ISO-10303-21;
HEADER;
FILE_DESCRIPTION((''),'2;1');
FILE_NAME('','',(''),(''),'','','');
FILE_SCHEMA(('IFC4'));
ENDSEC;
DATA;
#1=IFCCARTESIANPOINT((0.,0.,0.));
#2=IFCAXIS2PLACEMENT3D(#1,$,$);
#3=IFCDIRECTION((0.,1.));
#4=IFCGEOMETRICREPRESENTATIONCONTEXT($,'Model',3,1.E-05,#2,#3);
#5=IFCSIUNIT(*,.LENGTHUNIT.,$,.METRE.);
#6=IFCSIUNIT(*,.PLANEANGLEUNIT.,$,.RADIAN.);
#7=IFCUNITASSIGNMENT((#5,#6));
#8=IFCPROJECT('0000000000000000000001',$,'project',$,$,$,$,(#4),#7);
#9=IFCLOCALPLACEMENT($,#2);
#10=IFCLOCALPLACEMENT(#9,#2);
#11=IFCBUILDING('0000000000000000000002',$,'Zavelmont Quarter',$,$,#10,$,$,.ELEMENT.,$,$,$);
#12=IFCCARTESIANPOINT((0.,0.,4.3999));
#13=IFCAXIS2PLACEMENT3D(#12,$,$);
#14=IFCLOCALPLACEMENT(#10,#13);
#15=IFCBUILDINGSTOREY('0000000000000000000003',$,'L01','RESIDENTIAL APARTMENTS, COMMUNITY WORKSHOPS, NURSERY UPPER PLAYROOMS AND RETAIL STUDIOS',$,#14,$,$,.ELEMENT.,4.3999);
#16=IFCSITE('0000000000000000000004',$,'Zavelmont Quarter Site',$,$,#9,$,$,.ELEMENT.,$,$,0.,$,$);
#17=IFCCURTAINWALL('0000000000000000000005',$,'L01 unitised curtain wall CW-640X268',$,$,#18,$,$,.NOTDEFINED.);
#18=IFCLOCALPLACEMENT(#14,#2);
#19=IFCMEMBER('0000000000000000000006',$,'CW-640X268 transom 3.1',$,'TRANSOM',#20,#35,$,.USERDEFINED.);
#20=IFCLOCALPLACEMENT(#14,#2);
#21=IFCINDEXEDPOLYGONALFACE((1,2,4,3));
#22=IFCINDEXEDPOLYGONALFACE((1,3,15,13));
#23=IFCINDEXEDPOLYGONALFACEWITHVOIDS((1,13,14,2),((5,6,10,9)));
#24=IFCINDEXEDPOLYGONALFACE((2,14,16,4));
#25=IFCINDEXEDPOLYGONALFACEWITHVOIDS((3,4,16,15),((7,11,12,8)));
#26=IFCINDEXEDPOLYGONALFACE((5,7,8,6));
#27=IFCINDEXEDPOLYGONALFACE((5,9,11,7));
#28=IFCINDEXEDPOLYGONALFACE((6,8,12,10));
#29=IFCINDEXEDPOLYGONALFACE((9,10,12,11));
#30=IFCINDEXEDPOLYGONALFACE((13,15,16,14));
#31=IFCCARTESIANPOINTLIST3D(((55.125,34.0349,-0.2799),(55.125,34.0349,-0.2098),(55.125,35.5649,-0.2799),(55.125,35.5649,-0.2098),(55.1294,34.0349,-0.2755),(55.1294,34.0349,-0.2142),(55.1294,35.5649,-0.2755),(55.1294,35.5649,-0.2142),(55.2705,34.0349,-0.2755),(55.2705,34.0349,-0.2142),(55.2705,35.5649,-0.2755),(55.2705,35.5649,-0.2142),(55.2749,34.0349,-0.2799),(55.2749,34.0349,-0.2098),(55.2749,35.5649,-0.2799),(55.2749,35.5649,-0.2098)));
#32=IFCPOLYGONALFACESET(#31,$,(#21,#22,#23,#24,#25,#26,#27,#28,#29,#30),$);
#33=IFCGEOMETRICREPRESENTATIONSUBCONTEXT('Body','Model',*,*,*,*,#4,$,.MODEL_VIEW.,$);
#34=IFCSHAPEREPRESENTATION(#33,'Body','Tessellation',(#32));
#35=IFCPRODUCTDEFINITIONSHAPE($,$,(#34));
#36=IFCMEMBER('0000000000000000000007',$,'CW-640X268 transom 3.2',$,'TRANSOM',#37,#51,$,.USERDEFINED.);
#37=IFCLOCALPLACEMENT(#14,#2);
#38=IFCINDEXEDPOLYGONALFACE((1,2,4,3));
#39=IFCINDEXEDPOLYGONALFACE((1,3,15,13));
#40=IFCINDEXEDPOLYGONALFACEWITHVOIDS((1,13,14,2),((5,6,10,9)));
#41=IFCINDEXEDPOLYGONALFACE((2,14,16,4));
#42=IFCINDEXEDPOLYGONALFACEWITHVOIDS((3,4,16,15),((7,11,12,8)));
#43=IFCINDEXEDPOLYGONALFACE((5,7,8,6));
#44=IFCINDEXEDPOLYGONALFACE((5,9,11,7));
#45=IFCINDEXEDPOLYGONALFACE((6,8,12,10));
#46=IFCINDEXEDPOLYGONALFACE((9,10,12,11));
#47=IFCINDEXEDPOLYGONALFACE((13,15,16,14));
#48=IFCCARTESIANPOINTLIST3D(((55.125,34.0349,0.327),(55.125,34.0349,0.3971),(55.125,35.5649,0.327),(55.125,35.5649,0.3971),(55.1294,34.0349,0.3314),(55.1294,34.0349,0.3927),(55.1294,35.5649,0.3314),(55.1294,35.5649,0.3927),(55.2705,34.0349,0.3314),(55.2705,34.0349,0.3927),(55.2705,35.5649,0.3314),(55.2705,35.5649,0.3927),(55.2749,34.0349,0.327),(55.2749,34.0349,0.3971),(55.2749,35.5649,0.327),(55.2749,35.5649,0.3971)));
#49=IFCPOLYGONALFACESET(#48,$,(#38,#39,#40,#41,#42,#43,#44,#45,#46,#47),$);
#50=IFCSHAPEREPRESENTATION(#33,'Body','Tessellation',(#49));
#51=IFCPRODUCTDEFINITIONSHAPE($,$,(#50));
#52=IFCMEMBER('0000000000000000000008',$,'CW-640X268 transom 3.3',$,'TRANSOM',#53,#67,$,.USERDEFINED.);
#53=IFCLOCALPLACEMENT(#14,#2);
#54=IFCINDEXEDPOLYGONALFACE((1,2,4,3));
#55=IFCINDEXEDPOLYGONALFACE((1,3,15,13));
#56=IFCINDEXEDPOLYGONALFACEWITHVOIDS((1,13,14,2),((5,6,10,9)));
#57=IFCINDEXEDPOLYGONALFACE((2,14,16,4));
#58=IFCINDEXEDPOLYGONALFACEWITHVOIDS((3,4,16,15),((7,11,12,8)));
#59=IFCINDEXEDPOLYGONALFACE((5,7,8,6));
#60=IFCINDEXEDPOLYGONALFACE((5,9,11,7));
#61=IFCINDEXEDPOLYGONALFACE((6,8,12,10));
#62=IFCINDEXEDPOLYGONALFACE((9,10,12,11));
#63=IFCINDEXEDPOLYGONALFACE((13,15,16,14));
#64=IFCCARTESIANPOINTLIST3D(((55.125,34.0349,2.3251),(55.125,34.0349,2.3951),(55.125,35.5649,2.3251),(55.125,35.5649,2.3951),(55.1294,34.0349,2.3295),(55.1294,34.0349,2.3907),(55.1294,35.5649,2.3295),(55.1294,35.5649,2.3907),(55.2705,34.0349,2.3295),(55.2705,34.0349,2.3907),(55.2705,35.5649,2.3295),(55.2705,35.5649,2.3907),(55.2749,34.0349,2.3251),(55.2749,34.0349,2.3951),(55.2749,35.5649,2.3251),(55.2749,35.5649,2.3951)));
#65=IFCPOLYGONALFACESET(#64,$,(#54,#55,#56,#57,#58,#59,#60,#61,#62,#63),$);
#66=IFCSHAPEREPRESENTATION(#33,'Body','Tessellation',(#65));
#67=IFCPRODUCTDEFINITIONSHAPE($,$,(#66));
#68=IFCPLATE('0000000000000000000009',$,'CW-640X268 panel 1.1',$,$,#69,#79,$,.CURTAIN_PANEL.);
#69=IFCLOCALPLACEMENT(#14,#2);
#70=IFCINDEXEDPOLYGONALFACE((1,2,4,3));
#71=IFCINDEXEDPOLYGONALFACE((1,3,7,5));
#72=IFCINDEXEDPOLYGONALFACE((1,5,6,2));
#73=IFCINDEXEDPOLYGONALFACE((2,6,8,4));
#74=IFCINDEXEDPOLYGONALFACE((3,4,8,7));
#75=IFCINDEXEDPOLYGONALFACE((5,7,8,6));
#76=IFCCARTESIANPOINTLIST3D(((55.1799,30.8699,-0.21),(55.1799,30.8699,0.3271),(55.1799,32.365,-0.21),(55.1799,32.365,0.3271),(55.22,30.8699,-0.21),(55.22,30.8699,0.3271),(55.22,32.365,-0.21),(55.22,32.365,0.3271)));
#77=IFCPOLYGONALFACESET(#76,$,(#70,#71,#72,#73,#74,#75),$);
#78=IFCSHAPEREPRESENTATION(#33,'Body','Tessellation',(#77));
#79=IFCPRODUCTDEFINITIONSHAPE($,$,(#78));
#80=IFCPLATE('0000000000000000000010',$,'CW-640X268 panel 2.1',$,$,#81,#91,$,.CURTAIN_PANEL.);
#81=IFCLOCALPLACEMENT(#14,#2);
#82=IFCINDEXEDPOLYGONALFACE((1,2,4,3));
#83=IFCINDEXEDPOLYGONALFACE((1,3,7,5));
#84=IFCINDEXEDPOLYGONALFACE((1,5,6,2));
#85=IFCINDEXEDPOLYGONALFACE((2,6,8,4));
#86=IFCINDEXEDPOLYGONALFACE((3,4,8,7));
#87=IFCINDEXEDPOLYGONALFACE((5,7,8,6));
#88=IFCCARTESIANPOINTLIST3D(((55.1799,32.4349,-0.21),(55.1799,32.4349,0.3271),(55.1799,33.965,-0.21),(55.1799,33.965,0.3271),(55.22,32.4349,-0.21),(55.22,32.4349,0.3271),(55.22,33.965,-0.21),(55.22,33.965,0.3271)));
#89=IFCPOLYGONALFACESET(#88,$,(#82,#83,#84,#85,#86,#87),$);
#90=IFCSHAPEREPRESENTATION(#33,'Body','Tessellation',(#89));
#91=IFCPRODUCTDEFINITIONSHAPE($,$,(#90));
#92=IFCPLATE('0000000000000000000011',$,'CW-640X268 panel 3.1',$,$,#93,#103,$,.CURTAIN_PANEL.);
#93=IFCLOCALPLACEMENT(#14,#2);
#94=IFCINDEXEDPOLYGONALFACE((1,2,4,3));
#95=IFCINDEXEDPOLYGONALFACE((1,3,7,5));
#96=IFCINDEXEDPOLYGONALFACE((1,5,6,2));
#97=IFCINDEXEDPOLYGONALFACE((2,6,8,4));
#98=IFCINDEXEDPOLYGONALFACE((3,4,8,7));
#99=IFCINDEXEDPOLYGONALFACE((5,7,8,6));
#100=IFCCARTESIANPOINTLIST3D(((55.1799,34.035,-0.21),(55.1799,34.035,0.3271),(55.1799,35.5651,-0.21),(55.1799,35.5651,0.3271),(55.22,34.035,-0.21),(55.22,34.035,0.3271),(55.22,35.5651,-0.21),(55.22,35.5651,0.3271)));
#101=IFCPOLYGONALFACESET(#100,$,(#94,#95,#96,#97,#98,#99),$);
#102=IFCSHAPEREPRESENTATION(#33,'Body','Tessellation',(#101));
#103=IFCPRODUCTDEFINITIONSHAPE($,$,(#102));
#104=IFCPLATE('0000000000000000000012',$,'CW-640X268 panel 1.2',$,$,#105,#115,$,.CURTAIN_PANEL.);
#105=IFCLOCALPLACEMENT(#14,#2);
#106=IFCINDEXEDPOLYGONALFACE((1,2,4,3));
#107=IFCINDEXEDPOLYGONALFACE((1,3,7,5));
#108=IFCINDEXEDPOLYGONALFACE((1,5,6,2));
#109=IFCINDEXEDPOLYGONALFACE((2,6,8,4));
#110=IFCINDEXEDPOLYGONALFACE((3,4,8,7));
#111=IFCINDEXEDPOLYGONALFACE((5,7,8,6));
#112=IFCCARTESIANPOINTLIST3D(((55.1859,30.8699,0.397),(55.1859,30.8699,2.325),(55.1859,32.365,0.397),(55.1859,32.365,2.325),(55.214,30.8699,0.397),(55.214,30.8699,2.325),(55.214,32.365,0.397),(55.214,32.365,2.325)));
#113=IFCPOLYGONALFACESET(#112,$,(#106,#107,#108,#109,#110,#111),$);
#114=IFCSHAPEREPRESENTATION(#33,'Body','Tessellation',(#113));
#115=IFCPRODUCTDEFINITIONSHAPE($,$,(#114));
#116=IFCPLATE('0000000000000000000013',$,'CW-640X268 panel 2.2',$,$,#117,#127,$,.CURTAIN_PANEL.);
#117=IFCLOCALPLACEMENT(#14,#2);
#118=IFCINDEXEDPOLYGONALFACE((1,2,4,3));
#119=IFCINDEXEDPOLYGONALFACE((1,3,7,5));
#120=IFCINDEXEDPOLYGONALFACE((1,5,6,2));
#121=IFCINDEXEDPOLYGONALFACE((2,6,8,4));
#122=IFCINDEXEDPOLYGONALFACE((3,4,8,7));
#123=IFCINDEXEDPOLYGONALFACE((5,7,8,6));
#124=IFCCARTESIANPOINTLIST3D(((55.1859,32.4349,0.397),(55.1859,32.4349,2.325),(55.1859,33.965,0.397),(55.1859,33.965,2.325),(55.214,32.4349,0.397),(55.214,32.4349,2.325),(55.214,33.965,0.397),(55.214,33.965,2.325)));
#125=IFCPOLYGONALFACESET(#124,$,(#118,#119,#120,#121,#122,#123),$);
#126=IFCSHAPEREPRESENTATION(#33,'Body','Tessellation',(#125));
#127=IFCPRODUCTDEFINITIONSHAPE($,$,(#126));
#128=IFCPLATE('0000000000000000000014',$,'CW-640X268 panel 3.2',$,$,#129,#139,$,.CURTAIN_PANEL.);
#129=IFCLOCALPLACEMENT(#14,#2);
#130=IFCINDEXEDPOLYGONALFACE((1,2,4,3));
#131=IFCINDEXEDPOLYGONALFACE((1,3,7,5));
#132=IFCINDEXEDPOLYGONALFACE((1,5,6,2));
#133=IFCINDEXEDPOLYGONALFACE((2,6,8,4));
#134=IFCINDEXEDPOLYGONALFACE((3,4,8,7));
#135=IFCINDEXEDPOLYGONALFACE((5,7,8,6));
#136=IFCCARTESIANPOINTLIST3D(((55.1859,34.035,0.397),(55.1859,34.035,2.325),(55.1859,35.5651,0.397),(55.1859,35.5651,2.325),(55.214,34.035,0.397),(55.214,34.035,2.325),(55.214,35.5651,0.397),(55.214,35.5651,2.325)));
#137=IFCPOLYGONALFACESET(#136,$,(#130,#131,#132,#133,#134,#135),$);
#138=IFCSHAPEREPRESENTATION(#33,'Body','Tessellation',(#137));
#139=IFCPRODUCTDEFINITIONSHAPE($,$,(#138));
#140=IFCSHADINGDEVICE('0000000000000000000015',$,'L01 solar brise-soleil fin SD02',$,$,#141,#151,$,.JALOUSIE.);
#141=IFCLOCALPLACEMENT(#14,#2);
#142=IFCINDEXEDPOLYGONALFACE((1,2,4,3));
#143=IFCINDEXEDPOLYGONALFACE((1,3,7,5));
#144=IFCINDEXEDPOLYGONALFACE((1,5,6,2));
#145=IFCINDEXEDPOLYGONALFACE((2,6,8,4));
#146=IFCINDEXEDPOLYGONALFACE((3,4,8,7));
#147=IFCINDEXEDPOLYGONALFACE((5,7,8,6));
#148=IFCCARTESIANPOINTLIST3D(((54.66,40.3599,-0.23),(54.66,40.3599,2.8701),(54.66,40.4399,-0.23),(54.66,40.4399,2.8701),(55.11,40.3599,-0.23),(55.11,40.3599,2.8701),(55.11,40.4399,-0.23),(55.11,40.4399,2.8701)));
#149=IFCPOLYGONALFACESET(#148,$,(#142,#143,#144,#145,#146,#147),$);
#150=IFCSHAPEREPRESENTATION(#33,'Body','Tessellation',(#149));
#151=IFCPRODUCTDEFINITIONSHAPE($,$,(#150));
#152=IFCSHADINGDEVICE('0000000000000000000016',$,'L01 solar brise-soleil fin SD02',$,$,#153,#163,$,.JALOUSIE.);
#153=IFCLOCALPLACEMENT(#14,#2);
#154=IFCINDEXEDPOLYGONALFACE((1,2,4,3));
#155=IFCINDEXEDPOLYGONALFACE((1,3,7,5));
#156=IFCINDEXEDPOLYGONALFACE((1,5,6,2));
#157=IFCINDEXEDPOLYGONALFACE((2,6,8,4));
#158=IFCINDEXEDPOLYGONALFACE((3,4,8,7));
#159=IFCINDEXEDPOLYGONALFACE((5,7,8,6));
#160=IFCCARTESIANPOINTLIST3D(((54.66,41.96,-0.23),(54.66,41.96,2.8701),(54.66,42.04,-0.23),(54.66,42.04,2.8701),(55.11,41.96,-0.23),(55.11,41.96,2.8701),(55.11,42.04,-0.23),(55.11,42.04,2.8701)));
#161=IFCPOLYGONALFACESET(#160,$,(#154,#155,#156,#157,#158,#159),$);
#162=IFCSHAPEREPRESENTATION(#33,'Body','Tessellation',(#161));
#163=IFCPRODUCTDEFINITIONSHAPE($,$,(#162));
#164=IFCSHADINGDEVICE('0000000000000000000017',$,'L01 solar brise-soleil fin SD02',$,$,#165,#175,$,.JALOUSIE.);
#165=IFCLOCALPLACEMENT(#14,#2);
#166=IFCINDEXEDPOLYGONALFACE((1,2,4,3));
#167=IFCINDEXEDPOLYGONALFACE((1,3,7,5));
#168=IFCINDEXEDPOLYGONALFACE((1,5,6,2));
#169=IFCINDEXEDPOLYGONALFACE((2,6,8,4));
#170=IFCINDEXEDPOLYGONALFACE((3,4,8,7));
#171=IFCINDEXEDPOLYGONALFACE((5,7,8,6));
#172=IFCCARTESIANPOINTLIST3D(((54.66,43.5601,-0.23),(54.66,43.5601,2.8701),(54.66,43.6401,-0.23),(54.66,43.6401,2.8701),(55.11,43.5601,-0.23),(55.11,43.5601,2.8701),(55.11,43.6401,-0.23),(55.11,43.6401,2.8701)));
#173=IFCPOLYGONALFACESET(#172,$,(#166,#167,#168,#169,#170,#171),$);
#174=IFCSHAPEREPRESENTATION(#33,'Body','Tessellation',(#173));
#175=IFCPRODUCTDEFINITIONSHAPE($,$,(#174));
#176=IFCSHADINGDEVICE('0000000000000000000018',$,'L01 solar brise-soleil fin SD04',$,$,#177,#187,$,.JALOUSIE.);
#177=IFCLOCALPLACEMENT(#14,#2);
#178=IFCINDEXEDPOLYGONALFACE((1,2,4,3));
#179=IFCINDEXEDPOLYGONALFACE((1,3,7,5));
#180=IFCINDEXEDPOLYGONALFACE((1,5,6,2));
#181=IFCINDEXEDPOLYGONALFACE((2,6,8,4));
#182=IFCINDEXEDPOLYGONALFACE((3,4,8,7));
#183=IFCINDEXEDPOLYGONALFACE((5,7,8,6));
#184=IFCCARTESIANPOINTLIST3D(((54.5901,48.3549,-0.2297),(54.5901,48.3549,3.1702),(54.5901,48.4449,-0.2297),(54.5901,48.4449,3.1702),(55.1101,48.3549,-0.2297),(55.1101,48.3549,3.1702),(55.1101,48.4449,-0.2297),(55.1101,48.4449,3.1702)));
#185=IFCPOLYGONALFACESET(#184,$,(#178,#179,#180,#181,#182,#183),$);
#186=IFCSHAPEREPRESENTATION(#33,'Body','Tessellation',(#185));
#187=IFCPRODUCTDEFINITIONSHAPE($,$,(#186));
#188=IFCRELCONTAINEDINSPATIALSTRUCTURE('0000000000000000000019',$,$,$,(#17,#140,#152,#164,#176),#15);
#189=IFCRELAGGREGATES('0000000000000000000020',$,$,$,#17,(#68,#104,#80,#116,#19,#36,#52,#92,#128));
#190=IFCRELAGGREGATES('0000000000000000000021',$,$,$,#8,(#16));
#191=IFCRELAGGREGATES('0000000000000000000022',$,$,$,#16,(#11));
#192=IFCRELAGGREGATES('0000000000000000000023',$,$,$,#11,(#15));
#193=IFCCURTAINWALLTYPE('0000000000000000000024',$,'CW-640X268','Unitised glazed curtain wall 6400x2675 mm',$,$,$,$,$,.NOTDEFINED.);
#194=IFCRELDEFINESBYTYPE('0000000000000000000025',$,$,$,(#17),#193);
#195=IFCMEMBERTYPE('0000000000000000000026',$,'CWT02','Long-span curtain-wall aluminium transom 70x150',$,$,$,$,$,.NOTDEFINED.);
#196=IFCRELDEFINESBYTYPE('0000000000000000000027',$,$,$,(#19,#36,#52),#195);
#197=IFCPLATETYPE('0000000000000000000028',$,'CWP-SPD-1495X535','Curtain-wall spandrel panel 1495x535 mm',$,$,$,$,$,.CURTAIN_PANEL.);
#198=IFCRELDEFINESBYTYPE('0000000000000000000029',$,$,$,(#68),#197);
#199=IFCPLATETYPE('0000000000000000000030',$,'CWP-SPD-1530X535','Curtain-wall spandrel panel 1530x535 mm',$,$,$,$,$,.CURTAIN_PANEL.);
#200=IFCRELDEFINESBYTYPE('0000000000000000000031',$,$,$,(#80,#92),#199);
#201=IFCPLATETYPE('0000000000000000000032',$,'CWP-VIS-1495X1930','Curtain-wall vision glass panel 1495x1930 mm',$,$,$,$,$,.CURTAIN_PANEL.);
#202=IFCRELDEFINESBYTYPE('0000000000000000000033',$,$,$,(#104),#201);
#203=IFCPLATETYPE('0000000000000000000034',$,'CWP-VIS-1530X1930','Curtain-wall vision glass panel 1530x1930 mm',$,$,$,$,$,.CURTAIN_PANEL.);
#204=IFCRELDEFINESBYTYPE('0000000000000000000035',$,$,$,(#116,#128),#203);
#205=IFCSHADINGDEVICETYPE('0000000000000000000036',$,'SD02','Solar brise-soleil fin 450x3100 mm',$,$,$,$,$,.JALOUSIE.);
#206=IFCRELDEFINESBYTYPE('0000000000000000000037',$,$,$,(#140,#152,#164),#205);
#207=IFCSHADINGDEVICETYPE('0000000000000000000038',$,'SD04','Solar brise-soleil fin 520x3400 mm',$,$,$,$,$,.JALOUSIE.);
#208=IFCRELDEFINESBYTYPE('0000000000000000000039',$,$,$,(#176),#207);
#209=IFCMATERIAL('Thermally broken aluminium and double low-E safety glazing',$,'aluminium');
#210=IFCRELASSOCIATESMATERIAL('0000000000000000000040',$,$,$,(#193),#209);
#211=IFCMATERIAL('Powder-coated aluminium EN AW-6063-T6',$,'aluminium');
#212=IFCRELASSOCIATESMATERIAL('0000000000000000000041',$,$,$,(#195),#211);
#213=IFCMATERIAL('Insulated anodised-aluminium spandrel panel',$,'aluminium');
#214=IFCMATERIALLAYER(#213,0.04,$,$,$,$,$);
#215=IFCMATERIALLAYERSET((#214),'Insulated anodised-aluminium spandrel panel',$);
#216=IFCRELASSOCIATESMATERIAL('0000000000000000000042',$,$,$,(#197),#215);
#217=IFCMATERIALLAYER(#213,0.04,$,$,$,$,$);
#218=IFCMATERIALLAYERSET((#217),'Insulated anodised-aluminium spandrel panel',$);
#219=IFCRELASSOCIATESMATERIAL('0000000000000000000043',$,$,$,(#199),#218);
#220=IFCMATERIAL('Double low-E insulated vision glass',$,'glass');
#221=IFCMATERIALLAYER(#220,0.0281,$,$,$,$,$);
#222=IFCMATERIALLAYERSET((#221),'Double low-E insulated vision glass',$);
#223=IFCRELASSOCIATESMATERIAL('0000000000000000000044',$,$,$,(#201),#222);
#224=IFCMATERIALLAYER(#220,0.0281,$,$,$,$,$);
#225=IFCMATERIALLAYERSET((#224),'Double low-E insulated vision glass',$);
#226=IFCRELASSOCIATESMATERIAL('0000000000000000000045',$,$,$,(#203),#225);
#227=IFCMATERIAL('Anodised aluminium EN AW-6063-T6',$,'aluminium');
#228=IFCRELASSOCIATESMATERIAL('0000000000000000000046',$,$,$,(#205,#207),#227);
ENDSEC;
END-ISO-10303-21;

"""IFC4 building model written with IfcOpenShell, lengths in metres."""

from ifc_helpers import new_model, si_unit, direction, frame, origin, origin_2d, place, context, subcontext, project, spatial, rectangle, hollow_rectangle, extrude, material, layer, layer_set, material_profile, profile_set, type_object, element, aggregate, save


model = new_model("IFC4")

# Units and contexts
model_context = context("Model", 3, precision=1e-05, world=origin(), true_north=direction((0.0, 1.0)))
body_context = subcontext(model_context, "Body", "Model", "MODEL_VIEW")
ifc_project = project(units=[si_unit("LENGTHUNIT", "METRE"), si_unit("PLANEANGLEUNIT", "RADIAN")], contexts=[model_context])

# Site, building, storey
site_placement = place(None, origin())
site = spatial("IfcSite", under=ifc_project, at=site_placement, Name="Zavelmont Quarter Site", CompositionType="ELEMENT", RefElevation=0.0)
building_placement = place(site_placement, origin())
building = spatial("IfcBuilding", under=site, at=building_placement, Name="Zavelmont Quarter", CompositionType="ELEMENT")
storey_placement = place(building_placement, frame((0.0, 0.0, 4.3999)))
storey = spatial("IfcBuildingStorey", under=building, at=storey_placement, Name="L01", Description="RESIDENTIAL APARTMENTS, COMMUNITY WORKSHOPS, NURSERY UPPER PLAYROOMS AND RETAIL STUDIOS", CompositionType="ELEMENT", Elevation=4.3999)

# Curtain wall
ifc_material_1 = material(Name="Thermally broken aluminium and double low-E safety glazing", Category="aluminium")
curtain_wall_type_1 = type_object("IfcCurtainWallType", Name="CW-640X268", Description="Unitised glazed curtain wall 6400x2675 mm", PredefinedType="NOTDEFINED", material=ifc_material_1)
curtain_wall_1_placement = place(storey_placement, origin())
curtain_wall_1 = element("IfcCurtainWall", 1, at=curtain_wall_1_placement, inside=storey, type_object=curtain_wall_type_1, Name="L01 unitised curtain wall CW-640X268", PredefinedType="NOTDEFINED")
ifc_material_2 = material(Name="Powder-coated aluminium EN AW-6063-T6", Category="aluminium")

# Members
ifc_material_profile_1 = material_profile(ifc_material_2, hollow_rectangle(XDim=0.1499, YDim=0.0701, WallThickness=0.0044, at=origin_2d()), Name="CWT70X150")
ifc_profile_set_1 = profile_set([ifc_material_profile_1], Name="Powder-coated aluminium EN AW-6063-T6")
member_type_1 = type_object("IfcMemberType", Name="CWT02", Description="Long-span curtain-wall aluminium transom 70x150", PredefinedType="NOTDEFINED", material=ifc_profile_set_1)
member_1_placement = place(storey_placement, frame((55.2, 34.0349, -0.2449), z_axis=(0.0, 1.0, 0.0), x_axis=(-1.0, 0.0, 0.0)))
member_1 = element("IfcMember", 2, at=member_1_placement, type_object=member_type_1, Name="CW-640X268 transom 3.1", ObjectType="TRANSOM", PredefinedType="USERDEFINED", context=body_context, shape_type="SweptSolid", body=[
    extrude(hollow_rectangle(XDim=0.1499, YDim=0.0701, WallThickness=0.0044, at=origin_2d()), origin(), (0.0, 0.0, 1.0), 1.53),
])
member_2_placement = place(storey_placement, frame((55.2, 34.0349, 0.3621), z_axis=(0.0, 1.0, 0.0), x_axis=(-1.0, 0.0, 0.0)))
member_2 = element("IfcMember", 3, at=member_2_placement, type_object=member_type_1, Name="CW-640X268 transom 3.2", ObjectType="TRANSOM", PredefinedType="USERDEFINED", context=body_context, shape_type="SweptSolid", body=[
    extrude(hollow_rectangle(XDim=0.1499, YDim=0.0701, WallThickness=0.0044, at=origin_2d()), origin(), (0.0, 0.0, 1.0), 1.53),
])
member_3_placement = place(storey_placement, frame((55.2, 34.0349, 2.3601), z_axis=(0.0, 1.0, 0.0), x_axis=(-1.0, 0.0, 0.0)))
member_3 = element("IfcMember", 4, at=member_3_placement, type_object=member_type_1, Name="CW-640X268 transom 3.3", ObjectType="TRANSOM", PredefinedType="USERDEFINED", context=body_context, shape_type="SweptSolid", body=[
    extrude(hollow_rectangle(XDim=0.1499, YDim=0.0701, WallThickness=0.0044, at=origin_2d()), origin(), (0.0, 0.0, 1.0), 1.53),
])

# Plates
ifc_material_3 = material(Name="Insulated anodised-aluminium spandrel panel", Category="aluminium")
ifc_layer_1 = layer(ifc_material_3, 0.04)
ifc_layer_set_1 = layer_set([ifc_layer_1], Name="Insulated anodised-aluminium spandrel panel")
plate_type_1 = type_object("IfcPlateType", Name="CWP-SPD-1495X535", Description="Curtain-wall spandrel panel 1495x535 mm", PredefinedType="CURTAIN_PANEL", material=ifc_layer_set_1)
plate_1_placement = place(storey_placement, frame((55.2, 31.6174, -0.21), z_axis=(0.0, 0.0, 1.0), x_axis=(0.0, 1.0, 0.0)))
plate_1 = element("IfcPlate", 5, at=plate_1_placement, type_object=plate_type_1, Name="CW-640X268 panel 1.1", PredefinedType="CURTAIN_PANEL", context=body_context, shape_type="SweptSolid", body=[
    extrude(rectangle(XDim=1.4951, YDim=0.04, at=origin_2d()), origin(), (0.0, 0.0, 1.0), 0.5371),
])
ifc_layer_2 = layer(ifc_material_3, 0.04)
ifc_layer_set_2 = layer_set([ifc_layer_2], Name="Insulated anodised-aluminium spandrel panel")
plate_type_2 = type_object("IfcPlateType", Name="CWP-SPD-1530X535", Description="Curtain-wall spandrel panel 1530x535 mm", PredefinedType="CURTAIN_PANEL", material=ifc_layer_set_2)
plate_2_placement = place(storey_placement, frame((55.2, 33.2, -0.21), z_axis=(0.0, 0.0, 1.0), x_axis=(0.0, 1.0, 0.0)))
plate_2 = element("IfcPlate", 6, at=plate_2_placement, type_object=plate_type_2, Name="CW-640X268 panel 2.1", PredefinedType="CURTAIN_PANEL", context=body_context, shape_type="SweptSolid", body=[
    extrude(rectangle(XDim=1.53, YDim=0.04, at=origin_2d()), origin(), (0.0, 0.0, 1.0), 0.5371),
])
plate_3_placement = place(storey_placement, frame((55.2, 34.8, -0.21), z_axis=(0.0, 0.0, 1.0), x_axis=(0.0, 1.0, 0.0)))
plate_3 = element("IfcPlate", 7, at=plate_3_placement, type_object=plate_type_2, Name="CW-640X268 panel 3.1", PredefinedType="CURTAIN_PANEL", context=body_context, shape_type="SweptSolid", body=[
    extrude(rectangle(XDim=1.53, YDim=0.04, at=origin_2d()), origin(), (0.0, 0.0, 1.0), 0.5371),
])
ifc_material_4 = material(Name="Double low-E insulated vision glass", Category="glass")
ifc_layer_3 = layer(ifc_material_4, 0.0281)
ifc_layer_set_3 = layer_set([ifc_layer_3], Name="Double low-E insulated vision glass")
plate_type_3 = type_object("IfcPlateType", Name="CWP-VIS-1495X1930", Description="Curtain-wall vision glass panel 1495x1930 mm", PredefinedType="CURTAIN_PANEL", material=ifc_layer_set_3)
plate_4_placement = place(storey_placement, frame((55.2, 31.6174, 0.397), z_axis=(0.0, 0.0, 1.0), x_axis=(0.0, 1.0, 0.0)))
plate_4 = element("IfcPlate", 8, at=plate_4_placement, type_object=plate_type_3, Name="CW-640X268 panel 1.2", PredefinedType="CURTAIN_PANEL", context=body_context, shape_type="SweptSolid", body=[
    extrude(rectangle(XDim=1.4951, YDim=0.0281, at=origin_2d()), origin(), (0.0, 0.0, 1.0), 1.928),
])
ifc_layer_4 = layer(ifc_material_4, 0.0281)
ifc_layer_set_4 = layer_set([ifc_layer_4], Name="Double low-E insulated vision glass")
plate_type_4 = type_object("IfcPlateType", Name="CWP-VIS-1530X1930", Description="Curtain-wall vision glass panel 1530x1930 mm", PredefinedType="CURTAIN_PANEL", material=ifc_layer_set_4)
plate_5_placement = place(storey_placement, frame((55.2, 33.2, 0.397), z_axis=(0.0, 0.0, 1.0), x_axis=(0.0, 1.0, 0.0)))
plate_5 = element("IfcPlate", 9, at=plate_5_placement, type_object=plate_type_4, Name="CW-640X268 panel 2.2", PredefinedType="CURTAIN_PANEL", context=body_context, shape_type="SweptSolid", body=[
    extrude(rectangle(XDim=1.53, YDim=0.0281, at=origin_2d()), origin(), (0.0, 0.0, 1.0), 1.928),
])
plate_6_placement = place(storey_placement, frame((55.2, 34.8, 0.397), z_axis=(0.0, 0.0, 1.0), x_axis=(0.0, 1.0, 0.0)))
plate_6 = element("IfcPlate", 10, at=plate_6_placement, type_object=plate_type_4, Name="CW-640X268 panel 3.2", PredefinedType="CURTAIN_PANEL", context=body_context, shape_type="SweptSolid", body=[
    extrude(rectangle(XDim=1.53, YDim=0.0281, at=origin_2d()), origin(), (0.0, 0.0, 1.0), 1.928),
])
aggregate(curtain_wall_1, [plate_1, plate_4, plate_2, plate_5, member_1, member_2, member_3, plate_3, plate_6])

# Shading devices
ifc_material_5 = material(Name="Anodised aluminium EN AW-6063-T6", Category="aluminium")
shading_device_type_1 = type_object("IfcShadingDeviceType", Name="SD02", Description="Solar brise-soleil fin 450x3100 mm", PredefinedType="JALOUSIE", material=ifc_material_5)
for number, where, z_axis, x_axis, name in (
    (11, (54.885, 40.3999, -0.23), (0.0, 0.0, 1.0), (0.0, 1.0, 0.0), "L01 solar brise-soleil fin SD02"),
    (12, (54.885, 42.0, -0.23), (0.0, 0.0, 1.0), (0.0, 1.0, 0.0), "L01 solar brise-soleil fin SD02"),
    (13, (54.885, 43.6001, -0.23), (0.0, 0.0, 1.0), (0.0, 1.0, 0.0), "L01 solar brise-soleil fin SD02"),
):
    element("IfcShadingDevice", number, at=place(storey_placement, frame(where, z_axis=z_axis, x_axis=x_axis)), inside=storey, type_object=shading_device_type_1, Name=name, PredefinedType="JALOUSIE", context=body_context, shape_type="SweptSolid", body=[
        extrude(rectangle(XDim=0.0801, YDim=0.45, at=origin_2d()), origin(), (0.0, 0.0, 1.0), 3.1001),
    ])
shading_device_type_2 = type_object("IfcShadingDeviceType", Name="SD04", Description="Solar brise-soleil fin 520x3400 mm", PredefinedType="JALOUSIE", material=ifc_material_5)
shading_device_placement = place(storey_placement, frame((54.8501, 48.3999, -0.2297), z_axis=(0.0, 0.0, 1.0), x_axis=(0.0, 1.0, 0.0)))
element("IfcShadingDevice", 14, at=shading_device_placement, inside=storey, type_object=shading_device_type_2, Name="L01 solar brise-soleil fin SD04", PredefinedType="JALOUSIE", context=body_context, shape_type="SweptSolid", body=[
    extrude(rectangle(XDim=0.0901, YDim=0.52, at=origin_2d()), origin(), (0.0, 0.0, 1.0), 3.3999),
])

save(model, "model.ifc")
